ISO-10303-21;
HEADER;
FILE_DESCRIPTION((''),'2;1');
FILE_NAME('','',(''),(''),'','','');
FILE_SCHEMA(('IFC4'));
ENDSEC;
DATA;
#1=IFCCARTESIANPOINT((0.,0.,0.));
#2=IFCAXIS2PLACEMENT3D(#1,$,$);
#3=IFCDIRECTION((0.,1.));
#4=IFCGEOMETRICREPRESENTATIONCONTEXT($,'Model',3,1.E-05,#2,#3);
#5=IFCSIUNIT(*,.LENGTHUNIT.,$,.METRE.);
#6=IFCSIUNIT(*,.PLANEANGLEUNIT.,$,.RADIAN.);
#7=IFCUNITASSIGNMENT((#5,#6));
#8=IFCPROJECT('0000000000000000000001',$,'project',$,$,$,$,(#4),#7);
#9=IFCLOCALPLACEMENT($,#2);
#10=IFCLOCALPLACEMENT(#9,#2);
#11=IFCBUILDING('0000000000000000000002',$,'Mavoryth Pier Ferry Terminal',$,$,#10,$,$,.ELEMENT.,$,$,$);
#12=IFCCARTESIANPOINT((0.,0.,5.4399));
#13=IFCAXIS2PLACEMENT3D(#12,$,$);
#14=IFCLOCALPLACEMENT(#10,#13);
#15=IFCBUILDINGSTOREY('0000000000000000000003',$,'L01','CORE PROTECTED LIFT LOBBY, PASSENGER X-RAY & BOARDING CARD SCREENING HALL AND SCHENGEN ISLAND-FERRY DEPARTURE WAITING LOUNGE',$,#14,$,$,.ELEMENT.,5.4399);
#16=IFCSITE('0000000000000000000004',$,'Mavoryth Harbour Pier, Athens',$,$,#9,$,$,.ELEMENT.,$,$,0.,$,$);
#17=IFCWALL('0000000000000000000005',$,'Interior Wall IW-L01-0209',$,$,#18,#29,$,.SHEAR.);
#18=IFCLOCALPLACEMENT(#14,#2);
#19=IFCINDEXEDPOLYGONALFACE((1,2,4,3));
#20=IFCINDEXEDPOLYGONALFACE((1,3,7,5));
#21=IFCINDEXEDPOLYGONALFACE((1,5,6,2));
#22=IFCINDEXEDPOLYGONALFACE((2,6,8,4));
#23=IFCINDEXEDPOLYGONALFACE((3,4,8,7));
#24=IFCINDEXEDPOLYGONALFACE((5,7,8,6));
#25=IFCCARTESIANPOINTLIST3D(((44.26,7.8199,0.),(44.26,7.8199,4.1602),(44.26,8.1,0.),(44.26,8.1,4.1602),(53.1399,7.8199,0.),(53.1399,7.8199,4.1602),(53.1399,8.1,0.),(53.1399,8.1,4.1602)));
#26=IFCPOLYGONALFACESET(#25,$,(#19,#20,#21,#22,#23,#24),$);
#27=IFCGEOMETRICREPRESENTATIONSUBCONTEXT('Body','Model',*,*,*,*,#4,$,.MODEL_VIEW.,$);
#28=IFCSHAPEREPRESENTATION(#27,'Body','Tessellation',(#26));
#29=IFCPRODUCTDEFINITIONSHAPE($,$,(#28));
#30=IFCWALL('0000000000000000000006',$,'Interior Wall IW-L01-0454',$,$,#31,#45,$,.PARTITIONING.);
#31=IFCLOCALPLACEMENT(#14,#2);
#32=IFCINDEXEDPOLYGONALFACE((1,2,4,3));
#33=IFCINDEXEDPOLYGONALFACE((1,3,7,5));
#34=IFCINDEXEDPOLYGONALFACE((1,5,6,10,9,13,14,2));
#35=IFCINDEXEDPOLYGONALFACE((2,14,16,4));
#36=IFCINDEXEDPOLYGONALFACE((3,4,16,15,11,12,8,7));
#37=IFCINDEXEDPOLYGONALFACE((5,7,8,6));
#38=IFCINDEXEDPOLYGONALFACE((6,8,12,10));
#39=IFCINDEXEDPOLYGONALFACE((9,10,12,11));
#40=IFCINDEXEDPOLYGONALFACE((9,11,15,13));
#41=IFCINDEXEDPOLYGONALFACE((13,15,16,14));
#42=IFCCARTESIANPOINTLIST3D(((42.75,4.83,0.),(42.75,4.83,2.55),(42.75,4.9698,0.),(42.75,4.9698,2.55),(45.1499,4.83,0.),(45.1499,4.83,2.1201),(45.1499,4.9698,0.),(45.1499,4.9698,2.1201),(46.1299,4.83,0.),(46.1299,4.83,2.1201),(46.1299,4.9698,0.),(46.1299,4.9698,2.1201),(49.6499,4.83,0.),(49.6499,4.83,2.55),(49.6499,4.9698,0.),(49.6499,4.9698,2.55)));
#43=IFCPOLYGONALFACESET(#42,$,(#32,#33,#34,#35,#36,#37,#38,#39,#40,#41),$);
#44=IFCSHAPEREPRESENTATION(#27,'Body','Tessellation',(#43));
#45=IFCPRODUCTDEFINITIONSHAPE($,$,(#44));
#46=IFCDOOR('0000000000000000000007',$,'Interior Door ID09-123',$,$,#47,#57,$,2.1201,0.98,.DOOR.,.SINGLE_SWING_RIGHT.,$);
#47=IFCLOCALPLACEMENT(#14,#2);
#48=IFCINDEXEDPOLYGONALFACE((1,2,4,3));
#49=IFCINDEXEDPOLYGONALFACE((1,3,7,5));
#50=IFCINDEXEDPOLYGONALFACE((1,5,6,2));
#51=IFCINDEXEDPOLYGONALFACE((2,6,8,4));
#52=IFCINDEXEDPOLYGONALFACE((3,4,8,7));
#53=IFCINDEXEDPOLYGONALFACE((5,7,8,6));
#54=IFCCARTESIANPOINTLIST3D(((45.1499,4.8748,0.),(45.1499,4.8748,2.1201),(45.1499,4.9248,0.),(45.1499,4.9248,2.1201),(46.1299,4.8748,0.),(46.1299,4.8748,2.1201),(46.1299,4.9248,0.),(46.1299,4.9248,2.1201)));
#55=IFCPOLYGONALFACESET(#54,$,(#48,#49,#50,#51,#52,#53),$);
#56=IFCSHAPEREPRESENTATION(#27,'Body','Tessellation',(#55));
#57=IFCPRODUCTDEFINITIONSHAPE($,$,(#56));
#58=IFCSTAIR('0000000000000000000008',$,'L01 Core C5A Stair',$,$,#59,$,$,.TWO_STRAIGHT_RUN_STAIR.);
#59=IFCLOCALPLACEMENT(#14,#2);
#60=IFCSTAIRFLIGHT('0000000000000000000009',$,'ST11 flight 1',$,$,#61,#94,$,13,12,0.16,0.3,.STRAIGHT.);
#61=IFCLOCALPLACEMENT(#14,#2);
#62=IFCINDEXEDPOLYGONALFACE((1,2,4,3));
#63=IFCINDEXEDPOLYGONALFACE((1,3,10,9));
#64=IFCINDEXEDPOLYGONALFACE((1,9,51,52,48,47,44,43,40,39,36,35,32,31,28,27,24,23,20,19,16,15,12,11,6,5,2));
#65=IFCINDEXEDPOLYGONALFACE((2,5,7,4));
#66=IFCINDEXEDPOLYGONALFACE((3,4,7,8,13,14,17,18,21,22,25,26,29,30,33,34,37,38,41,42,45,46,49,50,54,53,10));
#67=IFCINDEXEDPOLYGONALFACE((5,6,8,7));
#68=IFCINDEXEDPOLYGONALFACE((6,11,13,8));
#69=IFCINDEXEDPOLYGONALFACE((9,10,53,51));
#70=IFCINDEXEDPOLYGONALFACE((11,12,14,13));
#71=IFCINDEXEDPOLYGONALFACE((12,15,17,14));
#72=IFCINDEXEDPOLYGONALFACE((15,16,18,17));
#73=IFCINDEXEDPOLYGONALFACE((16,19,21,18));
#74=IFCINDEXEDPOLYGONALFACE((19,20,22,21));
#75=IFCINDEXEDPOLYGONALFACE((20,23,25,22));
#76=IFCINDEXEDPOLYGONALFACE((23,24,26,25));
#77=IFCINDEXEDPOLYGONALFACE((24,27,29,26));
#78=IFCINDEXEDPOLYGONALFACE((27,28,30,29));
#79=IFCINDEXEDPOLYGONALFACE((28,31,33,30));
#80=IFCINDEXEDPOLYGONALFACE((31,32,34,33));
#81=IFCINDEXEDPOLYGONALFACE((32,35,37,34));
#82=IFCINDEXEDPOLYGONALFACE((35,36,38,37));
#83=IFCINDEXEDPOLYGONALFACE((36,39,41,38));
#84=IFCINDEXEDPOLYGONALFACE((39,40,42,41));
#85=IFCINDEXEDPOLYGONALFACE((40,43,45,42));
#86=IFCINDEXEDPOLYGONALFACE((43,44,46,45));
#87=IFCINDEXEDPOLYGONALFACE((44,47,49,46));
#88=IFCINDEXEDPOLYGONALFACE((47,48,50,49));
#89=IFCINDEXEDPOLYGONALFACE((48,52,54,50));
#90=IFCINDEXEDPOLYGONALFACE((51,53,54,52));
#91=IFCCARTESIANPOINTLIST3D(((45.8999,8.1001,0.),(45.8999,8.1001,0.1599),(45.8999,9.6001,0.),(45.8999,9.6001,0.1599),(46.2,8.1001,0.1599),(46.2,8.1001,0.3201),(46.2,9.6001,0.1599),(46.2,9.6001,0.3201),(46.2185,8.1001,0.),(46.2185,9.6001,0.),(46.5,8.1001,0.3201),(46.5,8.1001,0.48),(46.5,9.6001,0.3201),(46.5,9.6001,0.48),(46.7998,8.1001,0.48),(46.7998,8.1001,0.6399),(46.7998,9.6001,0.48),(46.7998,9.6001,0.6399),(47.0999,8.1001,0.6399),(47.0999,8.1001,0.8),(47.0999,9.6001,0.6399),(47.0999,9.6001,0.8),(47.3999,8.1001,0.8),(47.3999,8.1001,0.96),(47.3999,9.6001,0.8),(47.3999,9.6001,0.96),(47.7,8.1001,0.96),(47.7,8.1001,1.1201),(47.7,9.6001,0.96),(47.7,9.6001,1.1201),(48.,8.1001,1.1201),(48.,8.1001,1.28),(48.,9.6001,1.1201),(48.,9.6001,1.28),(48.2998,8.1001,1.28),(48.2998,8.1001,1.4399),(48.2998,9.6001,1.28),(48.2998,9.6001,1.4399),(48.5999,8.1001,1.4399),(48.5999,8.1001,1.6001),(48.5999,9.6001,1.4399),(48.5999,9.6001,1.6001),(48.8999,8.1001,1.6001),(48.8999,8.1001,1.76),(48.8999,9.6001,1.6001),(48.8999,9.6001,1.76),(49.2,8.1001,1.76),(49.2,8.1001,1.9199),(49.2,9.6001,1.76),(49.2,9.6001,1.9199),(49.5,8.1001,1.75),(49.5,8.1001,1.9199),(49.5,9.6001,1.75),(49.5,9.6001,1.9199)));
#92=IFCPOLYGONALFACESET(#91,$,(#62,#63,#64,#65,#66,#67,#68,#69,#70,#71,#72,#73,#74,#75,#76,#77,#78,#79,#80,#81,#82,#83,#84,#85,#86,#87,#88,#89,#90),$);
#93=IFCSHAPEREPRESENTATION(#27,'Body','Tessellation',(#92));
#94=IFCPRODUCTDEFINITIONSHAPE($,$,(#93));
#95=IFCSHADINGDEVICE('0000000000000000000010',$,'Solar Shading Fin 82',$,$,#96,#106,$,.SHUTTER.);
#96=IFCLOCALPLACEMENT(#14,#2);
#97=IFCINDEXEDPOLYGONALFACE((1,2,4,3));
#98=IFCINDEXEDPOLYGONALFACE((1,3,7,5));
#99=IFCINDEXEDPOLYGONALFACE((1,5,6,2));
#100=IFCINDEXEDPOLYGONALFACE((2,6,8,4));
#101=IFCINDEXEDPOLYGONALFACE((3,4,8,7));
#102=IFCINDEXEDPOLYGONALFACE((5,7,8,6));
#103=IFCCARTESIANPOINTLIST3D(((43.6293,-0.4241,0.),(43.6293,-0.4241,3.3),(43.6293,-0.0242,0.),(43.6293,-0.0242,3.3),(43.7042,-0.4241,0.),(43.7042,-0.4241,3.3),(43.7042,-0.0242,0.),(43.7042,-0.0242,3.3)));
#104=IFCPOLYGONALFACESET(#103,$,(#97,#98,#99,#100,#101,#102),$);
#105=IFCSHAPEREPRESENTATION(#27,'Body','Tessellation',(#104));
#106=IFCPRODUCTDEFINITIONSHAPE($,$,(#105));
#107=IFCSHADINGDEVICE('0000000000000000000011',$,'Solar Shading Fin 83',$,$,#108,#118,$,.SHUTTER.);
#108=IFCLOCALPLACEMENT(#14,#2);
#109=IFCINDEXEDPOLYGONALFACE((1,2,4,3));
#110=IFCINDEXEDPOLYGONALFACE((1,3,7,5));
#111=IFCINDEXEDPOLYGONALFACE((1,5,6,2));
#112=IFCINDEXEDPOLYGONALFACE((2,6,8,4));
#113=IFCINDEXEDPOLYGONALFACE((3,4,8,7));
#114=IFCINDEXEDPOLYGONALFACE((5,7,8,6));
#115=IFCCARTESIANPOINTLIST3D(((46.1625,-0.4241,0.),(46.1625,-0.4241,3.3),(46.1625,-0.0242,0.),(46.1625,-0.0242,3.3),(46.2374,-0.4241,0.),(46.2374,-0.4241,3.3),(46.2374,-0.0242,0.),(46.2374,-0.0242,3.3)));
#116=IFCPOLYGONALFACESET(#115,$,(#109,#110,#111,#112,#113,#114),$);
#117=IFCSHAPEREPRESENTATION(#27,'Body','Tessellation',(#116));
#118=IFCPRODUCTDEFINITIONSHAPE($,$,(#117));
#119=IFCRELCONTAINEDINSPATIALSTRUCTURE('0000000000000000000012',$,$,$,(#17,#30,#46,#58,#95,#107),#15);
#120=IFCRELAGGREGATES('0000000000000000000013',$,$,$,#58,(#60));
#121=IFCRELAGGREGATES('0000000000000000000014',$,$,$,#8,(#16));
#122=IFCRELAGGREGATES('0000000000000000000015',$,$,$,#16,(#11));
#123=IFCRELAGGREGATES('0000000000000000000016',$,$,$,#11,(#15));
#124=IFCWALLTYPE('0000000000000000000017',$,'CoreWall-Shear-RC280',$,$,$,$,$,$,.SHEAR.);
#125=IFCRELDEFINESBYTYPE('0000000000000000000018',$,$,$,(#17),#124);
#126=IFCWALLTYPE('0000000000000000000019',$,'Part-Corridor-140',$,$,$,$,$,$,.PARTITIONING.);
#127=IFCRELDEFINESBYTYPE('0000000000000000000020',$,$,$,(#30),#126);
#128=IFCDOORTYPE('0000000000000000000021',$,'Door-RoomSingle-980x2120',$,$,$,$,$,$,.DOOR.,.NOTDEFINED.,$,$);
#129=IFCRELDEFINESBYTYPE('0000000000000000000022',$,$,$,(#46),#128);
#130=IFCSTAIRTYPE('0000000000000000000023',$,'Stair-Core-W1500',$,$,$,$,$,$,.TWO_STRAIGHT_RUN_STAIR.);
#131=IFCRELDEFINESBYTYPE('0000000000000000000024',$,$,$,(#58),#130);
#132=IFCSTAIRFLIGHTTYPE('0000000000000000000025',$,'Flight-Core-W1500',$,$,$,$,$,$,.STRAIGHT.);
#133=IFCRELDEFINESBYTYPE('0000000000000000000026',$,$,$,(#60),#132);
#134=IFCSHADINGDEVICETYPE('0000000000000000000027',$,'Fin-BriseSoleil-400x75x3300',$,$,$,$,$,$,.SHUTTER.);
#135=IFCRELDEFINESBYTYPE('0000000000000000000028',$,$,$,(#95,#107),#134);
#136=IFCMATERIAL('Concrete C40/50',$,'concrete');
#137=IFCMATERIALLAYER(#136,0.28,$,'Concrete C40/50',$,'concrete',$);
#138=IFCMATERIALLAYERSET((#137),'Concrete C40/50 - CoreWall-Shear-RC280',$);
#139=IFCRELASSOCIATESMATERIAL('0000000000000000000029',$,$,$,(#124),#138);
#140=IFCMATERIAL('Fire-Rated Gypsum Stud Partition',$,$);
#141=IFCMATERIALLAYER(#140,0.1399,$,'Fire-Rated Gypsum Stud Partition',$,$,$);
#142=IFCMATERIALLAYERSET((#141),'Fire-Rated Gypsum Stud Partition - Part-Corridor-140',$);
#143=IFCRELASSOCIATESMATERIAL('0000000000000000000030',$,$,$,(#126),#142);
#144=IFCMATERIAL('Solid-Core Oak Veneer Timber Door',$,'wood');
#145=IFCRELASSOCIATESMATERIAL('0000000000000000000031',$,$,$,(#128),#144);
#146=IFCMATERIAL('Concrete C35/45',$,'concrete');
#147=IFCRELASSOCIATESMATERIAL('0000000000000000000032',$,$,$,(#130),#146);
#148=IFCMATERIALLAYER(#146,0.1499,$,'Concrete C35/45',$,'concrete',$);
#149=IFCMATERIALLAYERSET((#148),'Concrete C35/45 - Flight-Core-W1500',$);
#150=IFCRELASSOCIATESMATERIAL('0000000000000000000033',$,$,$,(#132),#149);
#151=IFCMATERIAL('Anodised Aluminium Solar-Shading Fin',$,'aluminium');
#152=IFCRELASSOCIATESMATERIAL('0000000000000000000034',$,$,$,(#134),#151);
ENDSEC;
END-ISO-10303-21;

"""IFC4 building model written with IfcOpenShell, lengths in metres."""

from ifc_helpers import new_model, si_unit, direction, frame, frame_2d, origin, origin_2d, place, context, subcontext, project, spatial, polyline, rectangle, outline, extrude, material, layer, layer_set, type_object, element, fill, aggregate, save


model = new_model("IFC4")

# Units and contexts
model_context = context("Model", 3, precision=1e-05, world=origin(), true_north=direction((0.0, 1.0)))
body_context = subcontext(model_context, "Body", "Model", "MODEL_VIEW")
ifc_project = project(units=[si_unit("LENGTHUNIT", "METRE"), si_unit("PLANEANGLEUNIT", "RADIAN")], contexts=[model_context])

# Site, building, storey
site_placement = place(None, origin())
site = spatial("IfcSite", under=ifc_project, at=site_placement, Name="Mavoryth Harbour Pier, Athens", CompositionType="ELEMENT", RefElevation=0.0)
building_placement = place(site_placement, origin())
building = spatial("IfcBuilding", under=site, at=building_placement, Name="Mavoryth Pier Ferry Terminal", CompositionType="ELEMENT")
storey_placement = place(building_placement, frame((0.0, 0.0, 5.4399)))
storey = spatial("IfcBuildingStorey", under=building, at=storey_placement, Name="L01", Description="CORE PROTECTED LIFT LOBBY, PASSENGER X-RAY & BOARDING CARD SCREENING HALL AND SCHENGEN ISLAND-FERRY DEPARTURE WAITING LOUNGE", CompositionType="ELEMENT", Elevation=5.4399)

# Shared definitions
ifc_material_1 = material(Name="Concrete C35/45", Category="concrete")

# Wall
ifc_material_2 = material(Name="Concrete C40/50", Category="concrete")
ifc_layer_1 = layer(ifc_material_2, 0.28, Name="Concrete C40/50", Category="concrete")
ifc_layer_set_1 = layer_set([ifc_layer_1], Name="Concrete C40/50 - CoreWall-Shear-RC280")
wall_type_1 = type_object("IfcWallType", Name="CoreWall-Shear-RC280", PredefinedType="SHEAR", material=ifc_layer_set_1)
wall_1_placement = place(storey_placement, frame((44.26, 7.96, 0.0), z_axis=(0.0, 0.0, 1.0), x_axis=(1.0, 0.0, 0.0)))
element("IfcWall", 1, at=wall_1_placement, inside=storey, type_object=wall_type_1, Name="Interior Wall IW-L01-0209", PredefinedType="SHEAR", context=body_context, shape_type="SweptSolid", body=[
    extrude(rectangle(XDim=8.8799, YDim=0.28, at=frame_2d((4.4399, 0.0))), origin(), (0.0, 0.0, 1.0), 4.1602),
])

# Wall, opening, door
ifc_material_3 = material(Name="Fire-Rated Gypsum Stud Partition")
ifc_layer_2 = layer(ifc_material_3, 0.1399, Name="Fire-Rated Gypsum Stud Partition")
ifc_layer_set_2 = layer_set([ifc_layer_2], Name="Fire-Rated Gypsum Stud Partition - Part-Corridor-140")
wall_type_2 = type_object("IfcWallType", Name="Part-Corridor-140", PredefinedType="PARTITIONING", material=ifc_layer_set_2)
wall_2_placement = place(storey_placement, frame((42.75, 4.8999, 0.0), z_axis=(0.0, 0.0, 1.0), x_axis=(1.0, 0.0, 0.0)))
wall_2 = element("IfcWall", 2, at=wall_2_placement, inside=storey, type_object=wall_type_2, Name="Interior Wall IW-L01-0454", PredefinedType="PARTITIONING", context=body_context, shape_type="SweptSolid", body=[
    extrude(rectangle(XDim=6.8999, YDim=0.1399, at=frame_2d((3.45, 0.0))), origin(), (0.0, 0.0, 1.0), 2.55),
])
opening_placement = place(wall_2_placement, frame((2.3999, 0.0, 0.0)))
opening = element("IfcOpeningElement", 3, at=opening_placement, cuts=wall_2, PredefinedType="OPENING", context=body_context, shape_type="SweptSolid", body=[
    extrude(rectangle(XDim=0.98, YDim=2.1201, at=frame_2d((0.49, 1.0601))), frame((0.0, 0.0798, 0.0), z_axis=(0.0, -1.0, 0.0), x_axis=(1.0, 0.0, 0.0)), (0.0, 0.0, 1.0), 0.1599),
])
ifc_material_4 = material(Name="Solid-Core Oak Veneer Timber Door", Category="wood")
door_type = type_object("IfcDoorType", Name="Door-RoomSingle-980x2120", OperationType="NOTDEFINED", PredefinedType="DOOR", material=ifc_material_4)
door_placement = place(opening_placement, origin())
door = element("IfcDoor", 4, at=door_placement, inside=storey, type_object=door_type, Name="Interior Door ID09-123", OperationType="SINGLE_SWING_RIGHT", OverallHeight=2.1201, OverallWidth=0.98, PredefinedType="DOOR", context=body_context, shape_type="SweptSolid", body=[
    extrude(rectangle(XDim=0.98, YDim=2.1201, at=frame_2d((0.49, 1.0601))), frame((0.0, 0.0249, 0.0), z_axis=(0.0, -1.0, 0.0), x_axis=(1.0, 0.0, 0.0)), (0.0, 0.0, 1.0), 0.05),
])
fill(opening, door)

# Stair, stair flight
stair_type = type_object("IfcStairType", Name="Stair-Core-W1500", PredefinedType="TWO_STRAIGHT_RUN_STAIR", material=ifc_material_1)
stair_placement = place(storey_placement, origin())
stair = element("IfcStair", 5, at=stair_placement, inside=storey, type_object=stair_type, Name="L01 Core C5A Stair", PredefinedType="TWO_STRAIGHT_RUN_STAIR")
ifc_layer_3 = layer(ifc_material_1, 0.1499, Name="Concrete C35/45", Category="concrete")
ifc_layer_set_3 = layer_set([ifc_layer_3], Name="Concrete C35/45 - Flight-Core-W1500")
stair_flight_type = type_object("IfcStairFlightType", Name="Flight-Core-W1500", PredefinedType="STRAIGHT", material=ifc_layer_set_3)
stair_flight_placement = place(storey_placement, frame((45.8999, 8.8501, 0.0), z_axis=(0.0, 0.0, 1.0), x_axis=(1.0, 0.0, 0.0)))
stair_flight = element("IfcStairFlight", 6, at=stair_flight_placement, type_object=stair_flight_type, Name="ST11 flight 1", NumberOfRisers=13, NumberOfTreads=12, PredefinedType="STRAIGHT", RiserHeight=0.16, TreadLength=0.3, context=body_context, shape_type="SweptSolid", body=[
    extrude(outline(polyline([(0.0, 0.0), (0.0, 0.1599), (0.3, 0.1599), (0.3, 0.3201), (0.6001, 0.3201), (0.6001, 0.48), (0.8999, 0.48), (0.8999, 0.6399), (1.2, 0.6399), (1.2, 0.8), (1.5, 0.8), (1.5, 0.96), (1.8, 0.96), (1.8, 1.1201), (2.1001, 1.1201), (2.1001, 1.28), (2.3999, 1.28), (2.3999, 1.4399), (2.7, 1.4399), (2.7, 1.6001), (3.0, 1.6001), (3.0, 1.76), (3.3, 1.76), (3.3, 1.9199), (3.6001, 1.9199), (3.6001, 2.0801), (3.6001, 1.75), (0.3186, 0.0), (0.0, 0.0)])), frame((0.0, 0.75, 0.0), z_axis=(0.0, -1.0, 0.0), x_axis=(1.0, 0.0, 0.0)), (0.0, 0.0, 1.0), 1.5),
])
aggregate(stair, [stair_flight])

# Shading devices
ifc_material_5 = material(Name="Anodised Aluminium Solar-Shading Fin", Category="aluminium")
shading_device_type = type_object("IfcShadingDeviceType", Name="Fin-BriseSoleil-400x75x3300", PredefinedType="SHUTTER", material=ifc_material_5)
for number, where, z_axis, x_axis, name in (
    (7, (43.6667, -0.2241, 0.0), (0.0, 0.0, 1.0), (1.0, 0.0, 0.0), "Solar Shading Fin 82"),
    (8, (46.2, -0.2241, 0.0), (0.0, 0.0, 1.0), (1.0, 0.0, 0.0), "Solar Shading Fin 83"),
):
    element("IfcShadingDevice", number, at=place(storey_placement, frame(where, z_axis=z_axis, x_axis=x_axis)), inside=storey, type_object=shading_device_type, Name=name, PredefinedType="SHUTTER", context=body_context, shape_type="SweptSolid", body=[
        extrude(rectangle(XDim=0.075, YDim=0.3999, at=origin_2d()), origin(), (0.0, 0.0, 1.0), 3.3),
    ])

save(model, "model.ifc")
